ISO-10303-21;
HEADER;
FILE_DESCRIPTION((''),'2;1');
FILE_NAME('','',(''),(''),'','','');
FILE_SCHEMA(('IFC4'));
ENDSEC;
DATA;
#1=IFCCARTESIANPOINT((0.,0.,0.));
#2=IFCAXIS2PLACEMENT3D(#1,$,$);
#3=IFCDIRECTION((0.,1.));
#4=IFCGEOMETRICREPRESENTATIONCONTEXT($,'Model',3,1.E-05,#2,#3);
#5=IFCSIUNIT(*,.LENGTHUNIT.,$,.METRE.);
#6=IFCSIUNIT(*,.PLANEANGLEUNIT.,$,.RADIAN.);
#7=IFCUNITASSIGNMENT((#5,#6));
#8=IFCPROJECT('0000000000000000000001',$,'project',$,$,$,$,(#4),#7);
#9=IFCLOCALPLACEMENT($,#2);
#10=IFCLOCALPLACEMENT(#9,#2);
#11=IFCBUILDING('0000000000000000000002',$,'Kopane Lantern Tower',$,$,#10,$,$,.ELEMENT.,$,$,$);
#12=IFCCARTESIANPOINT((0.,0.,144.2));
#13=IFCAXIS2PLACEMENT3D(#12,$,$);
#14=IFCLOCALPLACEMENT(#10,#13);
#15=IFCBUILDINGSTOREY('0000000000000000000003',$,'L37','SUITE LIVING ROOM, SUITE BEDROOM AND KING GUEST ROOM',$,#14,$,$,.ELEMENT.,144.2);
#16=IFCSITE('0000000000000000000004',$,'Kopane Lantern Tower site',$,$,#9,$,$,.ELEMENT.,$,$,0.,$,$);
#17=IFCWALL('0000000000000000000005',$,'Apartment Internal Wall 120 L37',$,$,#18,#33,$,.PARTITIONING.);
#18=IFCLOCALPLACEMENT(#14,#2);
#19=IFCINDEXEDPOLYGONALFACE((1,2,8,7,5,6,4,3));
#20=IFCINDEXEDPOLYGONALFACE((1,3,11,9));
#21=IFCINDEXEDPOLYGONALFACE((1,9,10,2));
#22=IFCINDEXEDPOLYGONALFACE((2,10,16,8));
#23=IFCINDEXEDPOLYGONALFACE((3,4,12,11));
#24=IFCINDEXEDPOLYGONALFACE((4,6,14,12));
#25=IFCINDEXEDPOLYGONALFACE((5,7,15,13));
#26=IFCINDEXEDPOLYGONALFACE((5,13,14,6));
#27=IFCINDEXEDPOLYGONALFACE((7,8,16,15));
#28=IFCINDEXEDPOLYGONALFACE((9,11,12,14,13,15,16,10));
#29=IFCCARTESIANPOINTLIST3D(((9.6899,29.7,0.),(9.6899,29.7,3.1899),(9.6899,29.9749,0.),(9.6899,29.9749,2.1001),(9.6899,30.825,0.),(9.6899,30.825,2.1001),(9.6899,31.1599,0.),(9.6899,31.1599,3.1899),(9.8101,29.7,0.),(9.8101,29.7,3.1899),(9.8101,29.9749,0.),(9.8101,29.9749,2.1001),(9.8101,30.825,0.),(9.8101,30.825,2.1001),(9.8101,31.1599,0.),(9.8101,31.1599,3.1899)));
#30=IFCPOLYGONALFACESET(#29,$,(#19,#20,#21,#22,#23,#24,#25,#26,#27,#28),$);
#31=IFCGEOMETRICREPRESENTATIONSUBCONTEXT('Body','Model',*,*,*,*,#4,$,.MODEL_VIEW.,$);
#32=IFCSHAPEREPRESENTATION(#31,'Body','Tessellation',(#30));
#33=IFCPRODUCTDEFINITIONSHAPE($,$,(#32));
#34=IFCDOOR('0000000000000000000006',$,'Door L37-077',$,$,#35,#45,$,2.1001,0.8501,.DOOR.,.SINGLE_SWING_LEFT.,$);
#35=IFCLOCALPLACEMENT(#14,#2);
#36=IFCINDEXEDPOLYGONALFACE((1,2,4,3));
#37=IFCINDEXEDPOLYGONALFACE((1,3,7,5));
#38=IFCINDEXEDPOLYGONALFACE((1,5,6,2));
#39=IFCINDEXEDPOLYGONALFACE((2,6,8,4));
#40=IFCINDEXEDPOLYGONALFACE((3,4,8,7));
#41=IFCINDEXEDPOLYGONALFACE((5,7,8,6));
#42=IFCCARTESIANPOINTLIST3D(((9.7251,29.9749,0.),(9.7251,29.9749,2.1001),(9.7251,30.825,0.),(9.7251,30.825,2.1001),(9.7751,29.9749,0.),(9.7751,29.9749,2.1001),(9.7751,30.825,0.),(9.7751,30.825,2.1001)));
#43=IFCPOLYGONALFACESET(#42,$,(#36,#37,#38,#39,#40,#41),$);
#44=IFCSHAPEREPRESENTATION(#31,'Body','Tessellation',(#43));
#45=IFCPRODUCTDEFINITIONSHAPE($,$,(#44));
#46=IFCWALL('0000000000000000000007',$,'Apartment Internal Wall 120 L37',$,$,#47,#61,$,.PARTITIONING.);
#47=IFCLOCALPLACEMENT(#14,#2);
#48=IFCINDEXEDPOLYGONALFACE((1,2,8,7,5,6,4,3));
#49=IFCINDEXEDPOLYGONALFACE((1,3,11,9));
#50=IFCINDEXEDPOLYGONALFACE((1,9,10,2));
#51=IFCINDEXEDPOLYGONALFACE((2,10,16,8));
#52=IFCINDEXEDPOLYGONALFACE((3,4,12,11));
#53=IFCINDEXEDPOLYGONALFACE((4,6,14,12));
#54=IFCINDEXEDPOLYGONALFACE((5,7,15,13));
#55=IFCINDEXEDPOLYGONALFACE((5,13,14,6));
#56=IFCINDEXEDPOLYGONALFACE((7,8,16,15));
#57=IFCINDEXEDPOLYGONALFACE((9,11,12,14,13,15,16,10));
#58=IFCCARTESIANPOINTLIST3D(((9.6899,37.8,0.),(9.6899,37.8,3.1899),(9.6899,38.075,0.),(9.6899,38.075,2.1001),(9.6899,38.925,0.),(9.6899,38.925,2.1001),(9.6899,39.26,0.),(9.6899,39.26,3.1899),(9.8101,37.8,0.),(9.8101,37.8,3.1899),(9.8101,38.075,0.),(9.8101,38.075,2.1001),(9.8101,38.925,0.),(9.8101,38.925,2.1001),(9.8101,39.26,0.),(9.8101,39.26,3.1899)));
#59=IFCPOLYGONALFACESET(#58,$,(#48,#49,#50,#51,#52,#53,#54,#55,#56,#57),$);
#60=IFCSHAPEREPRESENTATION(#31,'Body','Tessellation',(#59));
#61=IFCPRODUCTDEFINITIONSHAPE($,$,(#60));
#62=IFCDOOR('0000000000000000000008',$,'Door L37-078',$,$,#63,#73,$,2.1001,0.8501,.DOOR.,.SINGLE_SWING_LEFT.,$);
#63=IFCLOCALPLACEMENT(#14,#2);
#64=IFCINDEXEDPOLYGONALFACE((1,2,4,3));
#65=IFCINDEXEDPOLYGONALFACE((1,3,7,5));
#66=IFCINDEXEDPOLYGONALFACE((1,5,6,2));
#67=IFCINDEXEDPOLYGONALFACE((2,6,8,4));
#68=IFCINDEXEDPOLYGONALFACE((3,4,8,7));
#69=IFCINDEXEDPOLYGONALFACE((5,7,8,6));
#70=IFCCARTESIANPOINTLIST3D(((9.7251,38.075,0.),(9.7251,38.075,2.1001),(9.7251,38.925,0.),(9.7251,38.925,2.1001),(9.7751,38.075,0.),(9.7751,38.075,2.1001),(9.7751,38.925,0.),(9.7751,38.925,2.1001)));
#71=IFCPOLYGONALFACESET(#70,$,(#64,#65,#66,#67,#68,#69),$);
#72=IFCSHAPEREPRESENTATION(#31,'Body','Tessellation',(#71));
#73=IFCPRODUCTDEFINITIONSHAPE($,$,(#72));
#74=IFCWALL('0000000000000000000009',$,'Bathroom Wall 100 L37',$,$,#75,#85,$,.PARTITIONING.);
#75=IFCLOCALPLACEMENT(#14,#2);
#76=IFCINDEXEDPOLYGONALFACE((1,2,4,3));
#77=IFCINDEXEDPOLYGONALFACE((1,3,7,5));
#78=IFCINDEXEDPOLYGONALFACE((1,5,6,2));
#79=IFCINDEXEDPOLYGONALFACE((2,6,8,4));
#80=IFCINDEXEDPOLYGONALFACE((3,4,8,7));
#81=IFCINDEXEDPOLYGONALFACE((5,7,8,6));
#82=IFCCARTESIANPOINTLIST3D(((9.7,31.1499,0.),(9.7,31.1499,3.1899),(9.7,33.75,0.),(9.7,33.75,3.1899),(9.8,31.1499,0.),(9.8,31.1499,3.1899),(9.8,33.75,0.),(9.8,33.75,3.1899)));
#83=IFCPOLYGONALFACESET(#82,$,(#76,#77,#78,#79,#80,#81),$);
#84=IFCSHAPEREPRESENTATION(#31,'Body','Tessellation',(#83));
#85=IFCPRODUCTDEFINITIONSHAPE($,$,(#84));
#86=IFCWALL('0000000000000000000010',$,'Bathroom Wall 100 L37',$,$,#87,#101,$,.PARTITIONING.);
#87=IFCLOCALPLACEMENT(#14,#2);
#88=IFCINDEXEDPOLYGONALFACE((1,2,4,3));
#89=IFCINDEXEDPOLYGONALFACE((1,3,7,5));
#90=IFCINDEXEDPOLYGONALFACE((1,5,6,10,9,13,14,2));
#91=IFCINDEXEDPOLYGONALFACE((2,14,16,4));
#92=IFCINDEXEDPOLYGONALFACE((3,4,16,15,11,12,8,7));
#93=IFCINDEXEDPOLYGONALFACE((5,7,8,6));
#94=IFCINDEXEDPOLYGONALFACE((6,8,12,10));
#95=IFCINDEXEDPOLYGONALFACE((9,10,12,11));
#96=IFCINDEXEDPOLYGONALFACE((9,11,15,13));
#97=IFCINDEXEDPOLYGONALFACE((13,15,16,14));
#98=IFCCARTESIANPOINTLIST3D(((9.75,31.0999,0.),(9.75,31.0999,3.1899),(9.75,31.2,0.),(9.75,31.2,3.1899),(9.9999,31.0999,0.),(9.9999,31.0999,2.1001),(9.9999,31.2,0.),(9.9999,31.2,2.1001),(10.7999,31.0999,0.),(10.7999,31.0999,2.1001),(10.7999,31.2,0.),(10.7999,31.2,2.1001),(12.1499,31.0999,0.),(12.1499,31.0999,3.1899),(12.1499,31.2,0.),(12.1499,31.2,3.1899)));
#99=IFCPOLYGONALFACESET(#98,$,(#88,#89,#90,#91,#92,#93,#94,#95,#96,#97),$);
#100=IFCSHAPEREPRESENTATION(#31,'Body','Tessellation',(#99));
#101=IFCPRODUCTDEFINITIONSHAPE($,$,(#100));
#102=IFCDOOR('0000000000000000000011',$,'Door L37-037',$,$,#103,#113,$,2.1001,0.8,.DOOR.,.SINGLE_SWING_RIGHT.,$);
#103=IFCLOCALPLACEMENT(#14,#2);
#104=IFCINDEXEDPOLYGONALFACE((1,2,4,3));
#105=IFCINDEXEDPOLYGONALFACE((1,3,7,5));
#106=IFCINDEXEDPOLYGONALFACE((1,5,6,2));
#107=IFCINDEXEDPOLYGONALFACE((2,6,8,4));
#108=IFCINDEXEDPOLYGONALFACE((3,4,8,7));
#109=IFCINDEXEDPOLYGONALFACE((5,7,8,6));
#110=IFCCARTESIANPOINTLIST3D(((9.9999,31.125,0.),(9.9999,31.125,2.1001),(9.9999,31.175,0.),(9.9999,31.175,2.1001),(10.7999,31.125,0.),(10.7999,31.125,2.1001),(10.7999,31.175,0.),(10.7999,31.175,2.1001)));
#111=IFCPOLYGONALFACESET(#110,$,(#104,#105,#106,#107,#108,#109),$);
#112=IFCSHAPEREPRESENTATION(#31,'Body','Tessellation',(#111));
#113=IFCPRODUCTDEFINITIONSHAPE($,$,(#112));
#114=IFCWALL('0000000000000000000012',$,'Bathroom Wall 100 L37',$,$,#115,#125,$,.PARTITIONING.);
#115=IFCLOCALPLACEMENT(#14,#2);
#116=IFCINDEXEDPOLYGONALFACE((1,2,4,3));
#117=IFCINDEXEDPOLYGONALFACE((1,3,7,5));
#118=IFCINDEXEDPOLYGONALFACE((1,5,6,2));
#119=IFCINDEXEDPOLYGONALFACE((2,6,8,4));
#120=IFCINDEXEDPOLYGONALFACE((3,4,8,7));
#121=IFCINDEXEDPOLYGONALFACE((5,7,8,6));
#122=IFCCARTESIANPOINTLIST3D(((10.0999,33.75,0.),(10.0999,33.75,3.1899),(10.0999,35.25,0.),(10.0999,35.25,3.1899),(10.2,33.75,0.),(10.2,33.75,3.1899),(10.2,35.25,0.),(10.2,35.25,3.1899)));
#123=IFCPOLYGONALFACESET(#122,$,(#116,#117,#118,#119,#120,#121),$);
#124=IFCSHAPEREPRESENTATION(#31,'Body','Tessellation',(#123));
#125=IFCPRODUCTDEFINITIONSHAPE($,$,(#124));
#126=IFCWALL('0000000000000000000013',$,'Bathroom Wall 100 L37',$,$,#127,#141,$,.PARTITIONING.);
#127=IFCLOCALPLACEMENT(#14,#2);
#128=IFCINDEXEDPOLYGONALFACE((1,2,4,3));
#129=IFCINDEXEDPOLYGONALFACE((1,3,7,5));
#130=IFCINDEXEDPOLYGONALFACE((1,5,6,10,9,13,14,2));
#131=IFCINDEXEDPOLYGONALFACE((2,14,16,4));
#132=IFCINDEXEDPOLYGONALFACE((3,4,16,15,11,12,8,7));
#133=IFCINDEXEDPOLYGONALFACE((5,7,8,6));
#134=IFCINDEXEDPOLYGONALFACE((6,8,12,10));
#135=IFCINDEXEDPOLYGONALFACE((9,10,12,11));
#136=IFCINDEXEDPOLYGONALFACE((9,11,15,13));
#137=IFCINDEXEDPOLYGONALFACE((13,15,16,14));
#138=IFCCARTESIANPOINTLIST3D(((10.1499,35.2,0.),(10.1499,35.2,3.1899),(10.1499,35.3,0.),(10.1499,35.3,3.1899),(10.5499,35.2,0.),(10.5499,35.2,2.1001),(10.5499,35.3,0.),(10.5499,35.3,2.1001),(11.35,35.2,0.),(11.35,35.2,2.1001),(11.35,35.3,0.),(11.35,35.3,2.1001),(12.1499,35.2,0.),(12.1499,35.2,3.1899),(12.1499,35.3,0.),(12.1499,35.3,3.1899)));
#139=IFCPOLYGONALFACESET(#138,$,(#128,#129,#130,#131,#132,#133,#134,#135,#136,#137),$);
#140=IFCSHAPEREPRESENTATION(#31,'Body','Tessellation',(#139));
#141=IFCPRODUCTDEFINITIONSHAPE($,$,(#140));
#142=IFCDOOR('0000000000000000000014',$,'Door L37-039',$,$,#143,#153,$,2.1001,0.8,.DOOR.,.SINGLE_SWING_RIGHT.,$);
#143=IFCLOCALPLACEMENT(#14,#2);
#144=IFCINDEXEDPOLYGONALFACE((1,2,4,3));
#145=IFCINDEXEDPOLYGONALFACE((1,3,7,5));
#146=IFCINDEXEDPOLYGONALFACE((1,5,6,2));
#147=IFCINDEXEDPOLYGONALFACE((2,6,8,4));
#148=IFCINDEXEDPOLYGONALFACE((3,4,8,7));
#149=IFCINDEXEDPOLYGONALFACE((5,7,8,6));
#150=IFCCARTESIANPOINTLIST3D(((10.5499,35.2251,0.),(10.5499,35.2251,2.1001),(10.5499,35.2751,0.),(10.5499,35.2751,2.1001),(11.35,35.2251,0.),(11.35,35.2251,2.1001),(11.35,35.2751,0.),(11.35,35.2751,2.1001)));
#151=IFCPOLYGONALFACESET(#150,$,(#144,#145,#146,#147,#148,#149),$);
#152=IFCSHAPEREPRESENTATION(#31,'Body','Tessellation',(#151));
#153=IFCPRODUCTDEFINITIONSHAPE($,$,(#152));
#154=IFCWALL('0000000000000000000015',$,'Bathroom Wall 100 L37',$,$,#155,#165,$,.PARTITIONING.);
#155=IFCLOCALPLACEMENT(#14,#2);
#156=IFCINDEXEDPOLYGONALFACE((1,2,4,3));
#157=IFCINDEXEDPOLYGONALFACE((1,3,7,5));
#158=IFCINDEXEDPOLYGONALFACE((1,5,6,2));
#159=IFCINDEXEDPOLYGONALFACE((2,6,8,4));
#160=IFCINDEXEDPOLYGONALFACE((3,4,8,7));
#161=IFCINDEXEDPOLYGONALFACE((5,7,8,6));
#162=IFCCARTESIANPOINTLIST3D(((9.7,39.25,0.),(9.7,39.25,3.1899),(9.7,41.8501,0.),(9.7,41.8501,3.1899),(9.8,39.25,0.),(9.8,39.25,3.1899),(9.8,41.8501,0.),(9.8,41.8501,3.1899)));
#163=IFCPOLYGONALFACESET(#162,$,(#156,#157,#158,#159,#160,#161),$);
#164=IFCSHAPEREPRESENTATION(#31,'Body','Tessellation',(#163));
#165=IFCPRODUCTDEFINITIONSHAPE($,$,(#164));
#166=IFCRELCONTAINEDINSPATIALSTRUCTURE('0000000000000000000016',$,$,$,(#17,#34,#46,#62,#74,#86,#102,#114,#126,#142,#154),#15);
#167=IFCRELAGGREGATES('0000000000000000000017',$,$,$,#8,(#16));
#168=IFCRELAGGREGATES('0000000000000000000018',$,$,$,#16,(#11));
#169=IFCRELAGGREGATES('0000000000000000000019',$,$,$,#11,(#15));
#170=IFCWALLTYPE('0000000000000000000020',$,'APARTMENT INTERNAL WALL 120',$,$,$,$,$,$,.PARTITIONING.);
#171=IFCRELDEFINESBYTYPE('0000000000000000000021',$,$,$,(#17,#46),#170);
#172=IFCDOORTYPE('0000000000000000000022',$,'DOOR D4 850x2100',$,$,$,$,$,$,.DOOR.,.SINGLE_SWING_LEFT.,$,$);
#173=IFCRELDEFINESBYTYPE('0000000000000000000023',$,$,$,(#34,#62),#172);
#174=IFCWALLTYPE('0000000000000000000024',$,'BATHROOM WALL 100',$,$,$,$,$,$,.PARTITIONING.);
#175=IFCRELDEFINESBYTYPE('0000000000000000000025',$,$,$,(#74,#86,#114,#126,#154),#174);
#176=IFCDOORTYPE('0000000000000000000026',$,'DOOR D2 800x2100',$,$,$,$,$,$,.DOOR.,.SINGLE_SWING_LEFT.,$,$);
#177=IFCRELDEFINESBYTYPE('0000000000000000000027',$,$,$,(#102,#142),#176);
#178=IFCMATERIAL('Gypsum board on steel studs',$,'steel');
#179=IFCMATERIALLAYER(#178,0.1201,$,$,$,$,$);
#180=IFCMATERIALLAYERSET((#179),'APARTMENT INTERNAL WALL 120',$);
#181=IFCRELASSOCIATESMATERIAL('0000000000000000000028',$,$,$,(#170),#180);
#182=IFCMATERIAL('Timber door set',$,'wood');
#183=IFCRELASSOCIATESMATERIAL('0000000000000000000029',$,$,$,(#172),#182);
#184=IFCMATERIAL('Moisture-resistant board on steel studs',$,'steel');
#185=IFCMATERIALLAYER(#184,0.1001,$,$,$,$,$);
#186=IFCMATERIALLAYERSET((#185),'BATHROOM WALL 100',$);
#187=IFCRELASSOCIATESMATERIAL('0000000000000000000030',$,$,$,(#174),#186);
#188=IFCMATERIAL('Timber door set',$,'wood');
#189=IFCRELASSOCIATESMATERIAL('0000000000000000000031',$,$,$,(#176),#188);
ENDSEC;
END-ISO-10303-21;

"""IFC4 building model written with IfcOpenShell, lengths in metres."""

from ifc_helpers import new_model, si_unit, direction, frame, frame_2d, origin, place, context, subcontext, project, spatial, rectangle, extrude, material, layer, layer_set, type_object, element, fill, save


model = new_model("IFC4")

# Units and contexts
model_context = context("Model", 3, precision=1e-05, world=origin(), true_north=direction((0.0, 1.0)))
body_context = subcontext(model_context, "Body", "Model", "MODEL_VIEW")
ifc_project = project(units=[si_unit("LENGTHUNIT", "METRE"), si_unit("PLANEANGLEUNIT", "RADIAN")], contexts=[model_context])

# Site, building, storey
site_placement = place(None, origin())
site = spatial("IfcSite", under=ifc_project, at=site_placement, Name="Kopane Lantern Tower site", CompositionType="ELEMENT", RefElevation=0.0)
building_placement = place(site_placement, origin())
building = spatial("IfcBuilding", under=site, at=building_placement, Name="Kopane Lantern Tower", CompositionType="ELEMENT")
storey_placement = place(building_placement, frame((0.0, 0.0, 144.2)))
storey = spatial("IfcBuildingStorey", under=building, at=storey_placement, Name="L37", Description="SUITE LIVING ROOM, SUITE BEDROOM AND KING GUEST ROOM", CompositionType="ELEMENT", Elevation=144.2)

# Walls, openings, doors
ifc_material_1 = material(Name="Gypsum board on steel studs", Category="steel")
ifc_layer_1 = layer(ifc_material_1, 0.1201)
ifc_layer_set_1 = layer_set([ifc_layer_1], Name="APARTMENT INTERNAL WALL 120")
wall_type_1 = type_object("IfcWallType", Name="APARTMENT INTERNAL WALL 120", PredefinedType="PARTITIONING", material=ifc_layer_set_1)
ifc_material_2 = material(Name="Timber door set", Category="wood")
door_type_1 = type_object("IfcDoorType", Name="DOOR D4 850x2100", OperationType="SINGLE_SWING_LEFT", PredefinedType="DOOR", material=ifc_material_2)
wall_1_placement = place(storey_placement, frame((9.75, 29.7, 0.0), z_axis=(0.0, 0.0, 1.0), x_axis=(0.0, 1.0, 0.0)))
wall_1 = element("IfcWall", 1, at=wall_1_placement, inside=storey, type_object=wall_type_1, Name="Apartment Internal Wall 120 L37", PredefinedType="PARTITIONING", context=body_context, shape_type="SweptSolid", body=[
    extrude(rectangle(XDim=1.46, YDim=0.1201, at=frame_2d((0.73, 0.0))), origin(), (0.0, 0.0, 1.0), 3.1899),
])
opening_1_placement = place(wall_1_placement, frame((0.2749, 0.0, 0.0)))
opening_1 = element("IfcOpeningElement", 2, at=opening_1_placement, cuts=wall_1, PredefinedType="OPENING", context=body_context, shape_type="SweptSolid", body=[
    extrude(rectangle(XDim=0.8501, YDim=2.1001, at=frame_2d((0.425, 1.05))), frame((0.0, 0.0701, 0.0), z_axis=(0.0, -1.0, 0.0), x_axis=(1.0, 0.0, 0.0)), (0.0, 0.0, 1.0), 0.1401),
])
door_1_placement = place(opening_1_placement, origin())
door_1 = element("IfcDoor", 3, at=door_1_placement, inside=storey, type_object=door_type_1, Name="Door L37-077", OperationType="SINGLE_SWING_LEFT", OverallHeight=2.1001, OverallWidth=0.8501, PredefinedType="DOOR", context=body_context, shape_type="SweptSolid", body=[
    extrude(rectangle(XDim=0.8501, YDim=2.1001, at=frame_2d((0.425, 1.05))), frame((0.0, 0.0249, 0.0), z_axis=(0.0, -1.0, 0.0), x_axis=(1.0, 0.0, 0.0)), (0.0, 0.0, 1.0), 0.05),
])
fill(opening_1, door_1)
wall_2_placement = place(storey_placement, frame((9.75, 37.8, 0.0), z_axis=(0.0, 0.0, 1.0), x_axis=(0.0, 1.0, 0.0)))
wall_2 = element("IfcWall", 4, at=wall_2_placement, inside=storey, type_object=wall_type_1, Name="Apartment Internal Wall 120 L37", PredefinedType="PARTITIONING", context=body_context, shape_type="SweptSolid", body=[
    extrude(rectangle(XDim=1.46, YDim=0.1201, at=frame_2d((0.73, 0.0))), origin(), (0.0, 0.0, 1.0), 3.1899),
])
opening_2_placement = place(wall_2_placement, frame((0.2749, 0.0, 0.0)))
opening_2 = element("IfcOpeningElement", 5, at=opening_2_placement, cuts=wall_2, PredefinedType="OPENING", context=body_context, shape_type="SweptSolid", body=[
    extrude(rectangle(XDim=0.8501, YDim=2.1001, at=frame_2d((0.425, 1.05))), frame((0.0, 0.0701, 0.0), z_axis=(0.0, -1.0, 0.0), x_axis=(1.0, 0.0, 0.0)), (0.0, 0.0, 1.0), 0.1401),
])
door_2_placement = place(opening_2_placement, origin())
door_2 = element("IfcDoor", 6, at=door_2_placement, inside=storey, type_object=door_type_1, Name="Door L37-078", OperationType="SINGLE_SWING_LEFT", OverallHeight=2.1001, OverallWidth=0.8501, PredefinedType="DOOR", context=body_context, shape_type="SweptSolid", body=[
    extrude(rectangle(XDim=0.8501, YDim=2.1001, at=frame_2d((0.425, 1.05))), frame((0.0, 0.0249, 0.0), z_axis=(0.0, -1.0, 0.0), x_axis=(1.0, 0.0, 0.0)), (0.0, 0.0, 1.0), 0.05),
])
fill(opening_2, door_2)

# Wall
ifc_material_3 = material(Name="Moisture-resistant board on steel studs", Category="steel")
ifc_layer_2 = layer(ifc_material_3, 0.1001)
ifc_layer_set_2 = layer_set([ifc_layer_2], Name="BATHROOM WALL 100")
wall_type_2 = type_object("IfcWallType", Name="BATHROOM WALL 100", PredefinedType="PARTITIONING", material=ifc_layer_set_2)
wall_3_placement = place(storey_placement, frame((9.75, 31.1499, 0.0), z_axis=(0.0, 0.0, 1.0), x_axis=(0.0, 1.0, 0.0)))
element("IfcWall", 7, at=wall_3_placement, inside=storey, type_object=wall_type_2, Name="Bathroom Wall 100 L37", PredefinedType="PARTITIONING", context=body_context, shape_type="SweptSolid", body=[
    extrude(rectangle(XDim=2.6001, YDim=0.1001, at=frame_2d((1.3, 0.0))), origin(), (0.0, 0.0, 1.0), 3.1899),
])

# Wall, opening, door
wall_4_placement = place(storey_placement, frame((12.1499, 31.1499, 0.0), z_axis=(0.0, 0.0, 1.0), x_axis=(-1.0, 0.0, 0.0)))
wall_4 = element("IfcWall", 8, at=wall_4_placement, inside=storey, type_object=wall_type_2, Name="Bathroom Wall 100 L37", PredefinedType="PARTITIONING", context=body_context, shape_type="SweptSolid", body=[
    extrude(rectangle(XDim=2.3999, YDim=0.1001, at=frame_2d((1.2, 0.0))), origin(), (0.0, 0.0, 1.0), 3.1899),
])
opening_3_placement = place(wall_4_placement, frame((1.3501, 0.0, 0.0)))
opening_3 = element("IfcOpeningElement", 9, at=opening_3_placement, cuts=wall_4, PredefinedType="OPENING", context=body_context, shape_type="SweptSolid", body=[
    extrude(rectangle(XDim=0.8, YDim=2.1001, at=frame_2d((0.3999, 1.05))), frame((0.0, 0.0601, 0.0), z_axis=(0.0, -1.0, 0.0), x_axis=(1.0, 0.0, 0.0)), (0.0, 0.0, 1.0), 0.1201),
])
ifc_material_4 = material(Name="Timber door set", Category="wood")
door_type_2 = type_object("IfcDoorType", Name="DOOR D2 800x2100", OperationType="SINGLE_SWING_LEFT", PredefinedType="DOOR", material=ifc_material_4)
door_3_placement = place(opening_3_placement, origin())
door_3 = element("IfcDoor", 10, at=door_3_placement, inside=storey, type_object=door_type_2, Name="Door L37-037", OperationType="SINGLE_SWING_RIGHT", OverallHeight=2.1001, OverallWidth=0.8, PredefinedType="DOOR", context=body_context, shape_type="SweptSolid", body=[
    extrude(rectangle(XDim=0.8, YDim=2.1001, at=frame_2d((0.3999, 1.05))), frame((0.0, 0.0249, 0.0), z_axis=(0.0, -1.0, 0.0), x_axis=(1.0, 0.0, 0.0)), (0.0, 0.0, 1.0), 0.05),
])
fill(opening_3, door_3)

# Wall
wall_5_placement = place(storey_placement, frame((10.1499, 33.75, 0.0), z_axis=(0.0, 0.0, 1.0), x_axis=(0.0, 1.0, 0.0)))
element("IfcWall", 11, at=wall_5_placement, inside=storey, type_object=wall_type_2, Name="Bathroom Wall 100 L37", PredefinedType="PARTITIONING", context=body_context, shape_type="SweptSolid", body=[
    extrude(rectangle(XDim=1.5, YDim=0.1001, at=frame_2d((0.75, 0.0))), origin(), (0.0, 0.0, 1.0), 3.1899),
])

# Wall, opening, door
wall_6_placement = place(storey_placement, frame((12.1499, 35.25, 0.0), z_axis=(0.0, 0.0, 1.0), x_axis=(-1.0, 0.0, 0.0)))
wall_6 = element("IfcWall", 12, at=wall_6_placement, inside=storey, type_object=wall_type_2, Name="Bathroom Wall 100 L37", PredefinedType="PARTITIONING", context=body_context, shape_type="SweptSolid", body=[
    extrude(rectangle(XDim=2.0, YDim=0.1001, at=frame_2d((1.0, 0.0))), origin(), (0.0, 0.0, 1.0), 3.1899),
])
opening_4_placement = place(wall_6_placement, frame((0.8, 0.0, 0.0)))
opening_4 = element("IfcOpeningElement", 13, at=opening_4_placement, cuts=wall_6, PredefinedType="OPENING", context=body_context, shape_type="SweptSolid", body=[
    extrude(rectangle(XDim=0.8, YDim=2.1001, at=frame_2d((0.3999, 1.05))), frame((0.0, 0.0601, 0.0), z_axis=(0.0, -1.0, 0.0), x_axis=(1.0, 0.0, 0.0)), (0.0, 0.0, 1.0), 0.1201),
])
door_4_placement = place(opening_4_placement, origin())
door_4 = element("IfcDoor", 14, at=door_4_placement, inside=storey, type_object=door_type_2, Name="Door L37-039", OperationType="SINGLE_SWING_RIGHT", OverallHeight=2.1001, OverallWidth=0.8, PredefinedType="DOOR", context=body_context, shape_type="SweptSolid", body=[
    extrude(rectangle(XDim=0.8, YDim=2.1001, at=frame_2d((0.3999, 1.05))), frame((0.0, 0.0249, 0.0), z_axis=(0.0, -1.0, 0.0), x_axis=(1.0, 0.0, 0.0)), (0.0, 0.0, 1.0), 0.05),
])
fill(opening_4, door_4)

# Wall
wall_7_placement = place(storey_placement, frame((9.75, 39.25, 0.0), z_axis=(0.0, 0.0, 1.0), x_axis=(0.0, 1.0, 0.0)))
element("IfcWall", 15, at=wall_7_placement, inside=storey, type_object=wall_type_2, Name="Bathroom Wall 100 L37", PredefinedType="PARTITIONING", context=body_context, shape_type="SweptSolid", body=[
    extrude(rectangle(XDim=2.6001, YDim=0.1001, at=frame_2d((1.3, 0.0))), origin(), (0.0, 0.0, 1.0), 3.1899),
])

save(model, "model.ifc")
